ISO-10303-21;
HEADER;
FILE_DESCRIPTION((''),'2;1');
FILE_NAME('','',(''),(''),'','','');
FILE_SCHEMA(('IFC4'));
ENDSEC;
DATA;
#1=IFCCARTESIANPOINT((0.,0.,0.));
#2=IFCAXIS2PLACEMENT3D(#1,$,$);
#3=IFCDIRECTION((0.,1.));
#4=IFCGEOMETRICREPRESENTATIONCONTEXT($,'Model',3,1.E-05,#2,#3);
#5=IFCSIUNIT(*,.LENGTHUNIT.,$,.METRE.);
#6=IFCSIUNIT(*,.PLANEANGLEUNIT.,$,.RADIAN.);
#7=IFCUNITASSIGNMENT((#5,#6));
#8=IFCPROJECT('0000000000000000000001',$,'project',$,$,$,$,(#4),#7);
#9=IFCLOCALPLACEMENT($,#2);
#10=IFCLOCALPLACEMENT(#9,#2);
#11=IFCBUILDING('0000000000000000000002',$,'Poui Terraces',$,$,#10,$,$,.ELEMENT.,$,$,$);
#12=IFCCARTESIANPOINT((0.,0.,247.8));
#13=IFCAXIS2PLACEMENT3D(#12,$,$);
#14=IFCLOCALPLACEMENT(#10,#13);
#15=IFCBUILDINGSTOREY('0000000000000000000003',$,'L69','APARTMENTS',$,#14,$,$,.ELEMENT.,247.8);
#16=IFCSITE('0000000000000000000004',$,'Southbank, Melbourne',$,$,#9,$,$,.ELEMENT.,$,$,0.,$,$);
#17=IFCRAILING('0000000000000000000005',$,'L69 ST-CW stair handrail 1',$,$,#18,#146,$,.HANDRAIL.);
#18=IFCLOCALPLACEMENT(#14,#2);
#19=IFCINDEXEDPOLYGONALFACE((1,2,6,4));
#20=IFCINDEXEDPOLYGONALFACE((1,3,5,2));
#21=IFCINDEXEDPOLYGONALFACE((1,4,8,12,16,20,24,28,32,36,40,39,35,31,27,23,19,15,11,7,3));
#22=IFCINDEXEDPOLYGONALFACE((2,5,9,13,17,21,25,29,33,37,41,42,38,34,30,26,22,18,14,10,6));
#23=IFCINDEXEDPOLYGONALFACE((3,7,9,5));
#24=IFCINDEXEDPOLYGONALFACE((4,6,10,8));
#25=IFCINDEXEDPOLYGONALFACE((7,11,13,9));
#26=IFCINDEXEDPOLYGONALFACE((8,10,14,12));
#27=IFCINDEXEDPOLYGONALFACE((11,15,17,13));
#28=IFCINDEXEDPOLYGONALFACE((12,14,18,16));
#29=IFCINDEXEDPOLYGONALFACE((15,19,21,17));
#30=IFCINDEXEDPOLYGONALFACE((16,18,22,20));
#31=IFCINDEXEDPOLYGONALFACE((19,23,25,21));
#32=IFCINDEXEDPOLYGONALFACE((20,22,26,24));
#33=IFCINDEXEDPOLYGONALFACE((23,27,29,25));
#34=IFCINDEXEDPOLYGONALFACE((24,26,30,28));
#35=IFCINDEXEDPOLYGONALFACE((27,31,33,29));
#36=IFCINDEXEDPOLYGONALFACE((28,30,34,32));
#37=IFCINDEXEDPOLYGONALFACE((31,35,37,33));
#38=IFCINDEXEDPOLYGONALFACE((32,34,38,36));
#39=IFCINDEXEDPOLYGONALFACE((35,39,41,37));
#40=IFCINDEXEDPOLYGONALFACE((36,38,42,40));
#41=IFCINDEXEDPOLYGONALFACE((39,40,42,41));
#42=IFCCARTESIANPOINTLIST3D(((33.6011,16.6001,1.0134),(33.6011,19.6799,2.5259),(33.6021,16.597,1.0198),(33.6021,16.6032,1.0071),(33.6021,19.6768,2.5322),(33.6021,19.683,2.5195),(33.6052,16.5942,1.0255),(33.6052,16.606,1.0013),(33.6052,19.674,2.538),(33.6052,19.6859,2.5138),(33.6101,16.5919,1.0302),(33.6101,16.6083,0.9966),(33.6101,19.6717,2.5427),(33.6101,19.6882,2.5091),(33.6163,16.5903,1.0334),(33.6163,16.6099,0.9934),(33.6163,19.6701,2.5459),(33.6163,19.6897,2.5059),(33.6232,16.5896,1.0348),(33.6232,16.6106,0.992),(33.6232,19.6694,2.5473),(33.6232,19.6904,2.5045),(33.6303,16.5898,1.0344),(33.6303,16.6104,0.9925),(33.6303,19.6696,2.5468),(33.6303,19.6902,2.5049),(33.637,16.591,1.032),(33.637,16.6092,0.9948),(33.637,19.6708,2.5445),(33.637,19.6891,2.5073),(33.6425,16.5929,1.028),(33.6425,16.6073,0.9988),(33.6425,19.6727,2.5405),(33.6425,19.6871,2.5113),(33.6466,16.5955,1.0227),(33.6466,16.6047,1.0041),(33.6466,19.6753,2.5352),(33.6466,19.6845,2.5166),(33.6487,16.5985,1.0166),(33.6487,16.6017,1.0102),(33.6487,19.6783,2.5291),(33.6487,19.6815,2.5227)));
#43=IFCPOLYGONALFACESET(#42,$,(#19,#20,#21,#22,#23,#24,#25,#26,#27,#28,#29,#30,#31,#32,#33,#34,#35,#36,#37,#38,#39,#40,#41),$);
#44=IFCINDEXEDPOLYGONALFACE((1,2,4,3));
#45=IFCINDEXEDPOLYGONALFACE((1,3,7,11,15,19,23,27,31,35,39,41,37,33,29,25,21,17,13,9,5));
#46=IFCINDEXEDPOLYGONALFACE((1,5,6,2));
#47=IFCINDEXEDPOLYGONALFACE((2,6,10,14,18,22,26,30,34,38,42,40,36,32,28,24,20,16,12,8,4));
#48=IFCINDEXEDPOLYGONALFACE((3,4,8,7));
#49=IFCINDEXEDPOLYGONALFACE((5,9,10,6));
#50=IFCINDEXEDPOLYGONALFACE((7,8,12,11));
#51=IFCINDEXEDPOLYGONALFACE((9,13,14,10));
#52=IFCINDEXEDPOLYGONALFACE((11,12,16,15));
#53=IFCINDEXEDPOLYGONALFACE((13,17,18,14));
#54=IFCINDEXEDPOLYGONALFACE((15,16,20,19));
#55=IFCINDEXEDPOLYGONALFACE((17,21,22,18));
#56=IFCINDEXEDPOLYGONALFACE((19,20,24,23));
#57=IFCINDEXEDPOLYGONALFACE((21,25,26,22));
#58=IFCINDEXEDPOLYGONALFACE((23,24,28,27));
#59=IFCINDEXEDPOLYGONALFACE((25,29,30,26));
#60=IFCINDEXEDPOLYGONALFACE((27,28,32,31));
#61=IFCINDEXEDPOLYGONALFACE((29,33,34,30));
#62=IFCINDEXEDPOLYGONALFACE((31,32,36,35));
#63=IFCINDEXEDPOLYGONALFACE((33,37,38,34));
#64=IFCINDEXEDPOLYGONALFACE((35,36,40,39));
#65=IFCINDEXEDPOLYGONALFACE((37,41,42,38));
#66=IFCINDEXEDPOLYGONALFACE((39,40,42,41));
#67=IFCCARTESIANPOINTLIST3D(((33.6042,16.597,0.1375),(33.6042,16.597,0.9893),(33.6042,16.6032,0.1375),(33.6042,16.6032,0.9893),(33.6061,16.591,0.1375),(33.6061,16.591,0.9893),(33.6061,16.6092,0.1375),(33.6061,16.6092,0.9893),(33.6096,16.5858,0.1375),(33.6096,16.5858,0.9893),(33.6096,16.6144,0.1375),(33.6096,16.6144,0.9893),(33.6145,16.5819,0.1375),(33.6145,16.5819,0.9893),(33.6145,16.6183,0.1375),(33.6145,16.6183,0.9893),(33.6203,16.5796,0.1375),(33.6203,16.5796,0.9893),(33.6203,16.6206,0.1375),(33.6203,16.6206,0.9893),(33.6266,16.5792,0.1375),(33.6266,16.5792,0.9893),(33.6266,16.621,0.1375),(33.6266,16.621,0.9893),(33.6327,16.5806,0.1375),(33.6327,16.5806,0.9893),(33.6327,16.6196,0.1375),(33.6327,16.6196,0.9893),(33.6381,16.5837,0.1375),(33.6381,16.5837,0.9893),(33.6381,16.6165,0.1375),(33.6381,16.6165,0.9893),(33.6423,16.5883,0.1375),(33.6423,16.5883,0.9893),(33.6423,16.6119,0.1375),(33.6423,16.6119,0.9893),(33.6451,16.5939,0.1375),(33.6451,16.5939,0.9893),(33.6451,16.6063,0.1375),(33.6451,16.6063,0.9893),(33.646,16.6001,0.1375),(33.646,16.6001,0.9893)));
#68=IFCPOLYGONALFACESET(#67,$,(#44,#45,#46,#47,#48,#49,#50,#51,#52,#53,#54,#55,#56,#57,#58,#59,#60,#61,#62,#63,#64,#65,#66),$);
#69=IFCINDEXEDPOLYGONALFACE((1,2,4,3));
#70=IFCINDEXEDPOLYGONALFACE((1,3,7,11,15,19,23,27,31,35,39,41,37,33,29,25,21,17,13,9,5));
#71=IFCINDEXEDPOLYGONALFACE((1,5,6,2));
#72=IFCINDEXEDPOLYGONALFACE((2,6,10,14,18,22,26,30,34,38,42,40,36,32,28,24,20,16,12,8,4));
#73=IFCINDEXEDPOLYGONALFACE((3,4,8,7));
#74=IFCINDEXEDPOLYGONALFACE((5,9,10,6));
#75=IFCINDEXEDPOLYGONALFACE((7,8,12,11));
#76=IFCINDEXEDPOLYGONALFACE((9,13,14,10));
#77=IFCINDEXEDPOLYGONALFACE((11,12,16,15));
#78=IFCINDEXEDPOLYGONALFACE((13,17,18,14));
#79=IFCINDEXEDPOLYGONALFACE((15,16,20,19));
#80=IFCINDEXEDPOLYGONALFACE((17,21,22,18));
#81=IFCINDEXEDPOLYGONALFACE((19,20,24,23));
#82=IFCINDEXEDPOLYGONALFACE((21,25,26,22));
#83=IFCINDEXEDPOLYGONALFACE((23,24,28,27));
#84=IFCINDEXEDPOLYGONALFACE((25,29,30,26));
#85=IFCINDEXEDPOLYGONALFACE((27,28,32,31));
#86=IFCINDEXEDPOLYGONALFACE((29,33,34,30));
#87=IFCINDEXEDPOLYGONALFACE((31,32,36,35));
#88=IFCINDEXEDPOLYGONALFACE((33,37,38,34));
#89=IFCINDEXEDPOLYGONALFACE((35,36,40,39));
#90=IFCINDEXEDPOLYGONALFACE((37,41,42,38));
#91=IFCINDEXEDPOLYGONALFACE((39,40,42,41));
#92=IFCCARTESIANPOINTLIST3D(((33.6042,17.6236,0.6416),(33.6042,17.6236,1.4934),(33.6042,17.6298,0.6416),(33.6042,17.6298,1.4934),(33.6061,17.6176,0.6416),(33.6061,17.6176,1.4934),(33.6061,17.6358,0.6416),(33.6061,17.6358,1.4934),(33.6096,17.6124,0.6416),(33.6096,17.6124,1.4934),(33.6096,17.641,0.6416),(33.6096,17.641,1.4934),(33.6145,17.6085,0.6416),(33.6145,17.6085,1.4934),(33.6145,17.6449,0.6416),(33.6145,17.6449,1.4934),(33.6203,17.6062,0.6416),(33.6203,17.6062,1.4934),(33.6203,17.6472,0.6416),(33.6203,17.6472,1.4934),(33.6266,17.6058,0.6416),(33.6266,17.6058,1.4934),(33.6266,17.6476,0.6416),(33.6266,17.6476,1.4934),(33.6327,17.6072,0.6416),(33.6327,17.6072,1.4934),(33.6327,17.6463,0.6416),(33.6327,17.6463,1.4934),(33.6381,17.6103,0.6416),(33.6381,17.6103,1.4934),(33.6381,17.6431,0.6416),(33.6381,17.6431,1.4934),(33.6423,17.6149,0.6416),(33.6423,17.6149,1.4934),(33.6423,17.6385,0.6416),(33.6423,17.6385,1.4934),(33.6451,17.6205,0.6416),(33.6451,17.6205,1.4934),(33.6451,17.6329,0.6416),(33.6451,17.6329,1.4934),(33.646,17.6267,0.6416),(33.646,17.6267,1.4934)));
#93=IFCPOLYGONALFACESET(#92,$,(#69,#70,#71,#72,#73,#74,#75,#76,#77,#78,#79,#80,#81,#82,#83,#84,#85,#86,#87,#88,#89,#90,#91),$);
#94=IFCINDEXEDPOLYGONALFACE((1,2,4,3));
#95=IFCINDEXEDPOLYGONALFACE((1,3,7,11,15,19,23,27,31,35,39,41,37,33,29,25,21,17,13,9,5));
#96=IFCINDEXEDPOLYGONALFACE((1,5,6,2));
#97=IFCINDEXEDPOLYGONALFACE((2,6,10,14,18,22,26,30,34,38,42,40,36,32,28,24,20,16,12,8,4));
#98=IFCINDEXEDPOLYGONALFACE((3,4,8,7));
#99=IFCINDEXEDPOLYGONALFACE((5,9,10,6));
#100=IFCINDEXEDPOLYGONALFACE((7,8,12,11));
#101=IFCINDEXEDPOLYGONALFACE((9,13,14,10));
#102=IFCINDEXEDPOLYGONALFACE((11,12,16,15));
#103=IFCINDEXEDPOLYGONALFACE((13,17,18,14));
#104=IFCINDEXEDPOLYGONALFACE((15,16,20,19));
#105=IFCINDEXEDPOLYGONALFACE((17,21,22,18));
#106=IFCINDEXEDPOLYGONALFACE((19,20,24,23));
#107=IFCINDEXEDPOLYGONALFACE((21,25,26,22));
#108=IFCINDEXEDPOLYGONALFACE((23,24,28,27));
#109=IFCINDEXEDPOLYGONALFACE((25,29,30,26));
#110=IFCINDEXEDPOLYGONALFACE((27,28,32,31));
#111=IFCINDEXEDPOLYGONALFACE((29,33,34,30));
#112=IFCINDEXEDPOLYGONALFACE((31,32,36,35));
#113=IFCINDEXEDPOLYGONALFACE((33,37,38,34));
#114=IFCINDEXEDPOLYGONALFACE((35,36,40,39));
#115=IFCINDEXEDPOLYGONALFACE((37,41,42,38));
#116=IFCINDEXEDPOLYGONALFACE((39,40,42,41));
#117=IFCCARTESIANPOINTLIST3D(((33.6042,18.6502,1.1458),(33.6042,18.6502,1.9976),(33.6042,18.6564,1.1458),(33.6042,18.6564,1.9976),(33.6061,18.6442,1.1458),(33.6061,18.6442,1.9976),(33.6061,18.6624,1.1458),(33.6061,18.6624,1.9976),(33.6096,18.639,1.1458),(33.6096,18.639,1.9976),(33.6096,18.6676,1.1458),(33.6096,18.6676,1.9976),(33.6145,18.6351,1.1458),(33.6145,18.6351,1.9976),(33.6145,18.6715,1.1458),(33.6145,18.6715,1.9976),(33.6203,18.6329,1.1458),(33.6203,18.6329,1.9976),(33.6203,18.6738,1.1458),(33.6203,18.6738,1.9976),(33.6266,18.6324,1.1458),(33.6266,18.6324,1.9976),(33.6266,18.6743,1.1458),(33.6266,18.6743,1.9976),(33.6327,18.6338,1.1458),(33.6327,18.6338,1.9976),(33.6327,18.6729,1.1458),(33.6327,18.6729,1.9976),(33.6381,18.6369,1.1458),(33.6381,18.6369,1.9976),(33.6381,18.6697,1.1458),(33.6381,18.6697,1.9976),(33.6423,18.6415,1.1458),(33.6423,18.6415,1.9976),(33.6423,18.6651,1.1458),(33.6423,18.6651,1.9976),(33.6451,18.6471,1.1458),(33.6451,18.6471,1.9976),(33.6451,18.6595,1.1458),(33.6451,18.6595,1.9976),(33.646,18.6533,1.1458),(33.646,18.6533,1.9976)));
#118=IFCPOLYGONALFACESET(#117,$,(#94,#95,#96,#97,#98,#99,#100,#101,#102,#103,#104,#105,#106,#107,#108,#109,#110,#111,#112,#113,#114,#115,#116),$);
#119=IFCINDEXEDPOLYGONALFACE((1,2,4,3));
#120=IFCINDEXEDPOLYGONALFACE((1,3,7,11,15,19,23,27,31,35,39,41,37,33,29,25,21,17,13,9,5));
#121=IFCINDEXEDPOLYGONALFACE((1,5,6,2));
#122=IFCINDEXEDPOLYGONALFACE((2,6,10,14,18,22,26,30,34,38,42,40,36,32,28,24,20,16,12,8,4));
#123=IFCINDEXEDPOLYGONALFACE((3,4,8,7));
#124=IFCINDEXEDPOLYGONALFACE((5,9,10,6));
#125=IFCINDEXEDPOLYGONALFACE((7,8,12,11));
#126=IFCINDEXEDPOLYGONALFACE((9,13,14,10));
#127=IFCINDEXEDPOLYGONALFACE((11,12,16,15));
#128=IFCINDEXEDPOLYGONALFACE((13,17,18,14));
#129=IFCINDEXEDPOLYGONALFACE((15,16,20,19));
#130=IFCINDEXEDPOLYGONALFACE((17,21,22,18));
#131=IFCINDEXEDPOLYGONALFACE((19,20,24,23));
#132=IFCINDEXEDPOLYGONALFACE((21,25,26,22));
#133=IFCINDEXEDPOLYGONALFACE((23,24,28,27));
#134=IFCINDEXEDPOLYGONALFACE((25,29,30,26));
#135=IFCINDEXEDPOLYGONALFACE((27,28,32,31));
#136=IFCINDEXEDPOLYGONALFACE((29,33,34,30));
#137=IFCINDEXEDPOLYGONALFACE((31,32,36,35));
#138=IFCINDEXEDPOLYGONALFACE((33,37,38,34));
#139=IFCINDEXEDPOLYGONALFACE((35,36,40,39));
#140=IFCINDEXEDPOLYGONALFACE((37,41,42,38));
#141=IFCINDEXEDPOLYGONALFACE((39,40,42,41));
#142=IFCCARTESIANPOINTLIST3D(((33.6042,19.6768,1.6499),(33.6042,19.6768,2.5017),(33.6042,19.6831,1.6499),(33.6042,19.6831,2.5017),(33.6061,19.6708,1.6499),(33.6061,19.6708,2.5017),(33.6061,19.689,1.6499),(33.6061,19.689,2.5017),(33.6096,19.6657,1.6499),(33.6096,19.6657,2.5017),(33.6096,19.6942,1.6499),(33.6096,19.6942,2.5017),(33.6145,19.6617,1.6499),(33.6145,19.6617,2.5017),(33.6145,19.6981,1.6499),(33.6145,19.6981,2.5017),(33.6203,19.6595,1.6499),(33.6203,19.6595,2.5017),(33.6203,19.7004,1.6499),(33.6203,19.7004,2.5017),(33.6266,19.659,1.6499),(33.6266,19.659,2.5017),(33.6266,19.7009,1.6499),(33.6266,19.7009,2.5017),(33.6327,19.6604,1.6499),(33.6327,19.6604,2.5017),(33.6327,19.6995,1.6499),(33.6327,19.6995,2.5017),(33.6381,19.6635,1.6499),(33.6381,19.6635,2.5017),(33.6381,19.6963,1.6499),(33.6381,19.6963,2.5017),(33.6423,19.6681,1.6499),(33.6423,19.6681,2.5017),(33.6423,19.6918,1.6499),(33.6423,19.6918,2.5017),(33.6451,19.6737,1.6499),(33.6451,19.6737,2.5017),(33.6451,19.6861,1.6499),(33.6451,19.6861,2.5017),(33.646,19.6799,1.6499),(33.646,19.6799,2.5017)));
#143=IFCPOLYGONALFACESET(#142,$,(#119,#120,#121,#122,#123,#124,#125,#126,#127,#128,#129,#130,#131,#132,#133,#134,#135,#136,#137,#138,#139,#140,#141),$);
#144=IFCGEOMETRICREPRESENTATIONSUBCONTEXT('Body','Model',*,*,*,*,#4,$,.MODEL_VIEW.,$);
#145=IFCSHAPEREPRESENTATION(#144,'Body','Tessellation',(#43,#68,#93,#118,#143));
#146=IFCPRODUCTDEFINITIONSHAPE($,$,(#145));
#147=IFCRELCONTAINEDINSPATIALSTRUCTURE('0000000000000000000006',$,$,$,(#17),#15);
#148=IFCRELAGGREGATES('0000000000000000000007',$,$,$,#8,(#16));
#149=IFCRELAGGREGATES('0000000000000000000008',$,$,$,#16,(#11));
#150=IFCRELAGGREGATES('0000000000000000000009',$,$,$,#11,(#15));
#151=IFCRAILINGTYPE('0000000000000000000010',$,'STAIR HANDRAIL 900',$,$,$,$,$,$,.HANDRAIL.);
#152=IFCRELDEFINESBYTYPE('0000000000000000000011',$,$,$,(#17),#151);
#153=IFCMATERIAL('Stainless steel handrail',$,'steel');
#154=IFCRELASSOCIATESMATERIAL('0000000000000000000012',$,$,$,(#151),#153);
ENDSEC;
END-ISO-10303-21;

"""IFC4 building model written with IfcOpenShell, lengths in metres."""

from ifc_helpers import new_model, si_unit, direction, frame, origin, origin_2d, place, context, subcontext, project, spatial, circle, extrude, material, type_object, element, save


model = new_model("IFC4")

# Units and contexts
model_context = context("Model", 3, precision=1e-05, world=origin(), true_north=direction((0.0, 1.0)))
body_context = subcontext(model_context, "Body", "Model", "MODEL_VIEW")
ifc_project = project(units=[si_unit("LENGTHUNIT", "METRE"), si_unit("PLANEANGLEUNIT", "RADIAN")], contexts=[model_context])

# Site, building, storey
site_placement = place(None, origin())
site = spatial("IfcSite", under=ifc_project, at=site_placement, Name="Southbank, Melbourne", CompositionType="ELEMENT", RefElevation=0.0)
building_placement = place(site_placement, origin())
building = spatial("IfcBuilding", under=site, at=building_placement, Name="Poui Terraces", CompositionType="ELEMENT")
storey_placement = place(building_placement, frame((0.0, 0.0, 247.8)))
storey = spatial("IfcBuildingStorey", under=building, at=storey_placement, Name="L69", Description="APARTMENTS", CompositionType="ELEMENT", Elevation=247.8)

# Railing
ifc_material_1 = material(Name="Stainless steel handrail", Category="steel")
railing_type_1 = type_object("IfcRailingType", Name="STAIR HANDRAIL 900", PredefinedType="HANDRAIL", material=ifc_material_1)
railing_1_placement = place(storey_placement, frame((33.625, 16.6001, 0.1375)))
element("IfcRailing", 1, at=railing_1_placement, inside=storey, type_object=railing_type_1, Name="L69 ST-CW stair handrail 1", PredefinedType="HANDRAIL", context=body_context, shape_type="SweptSolid", body=[
    extrude(circle(Radius=0.0239, at=origin_2d()), frame((0.0, 0.0, 0.876), z_axis=(0.0, 0.897606, 0.440798), x_axis=(-1.0, 0.0, 0.0)), (0.0, 0.0, 1.0), 3.4312),
    extrude(circle(Radius=0.021, at=origin_2d()), origin(), (0.0, 0.0, 1.0), 0.8518),
    extrude(circle(Radius=0.021, at=origin_2d()), frame((0.0, 1.0266, 0.5042)), (0.0, 0.0, 1.0), 0.8518),
    extrude(circle(Radius=0.021, at=origin_2d()), frame((0.0, 2.0532, 1.0083)), (0.0, 0.0, 1.0), 0.8518),
    extrude(circle(Radius=0.021, at=origin_2d()), frame((0.0, 3.0798, 1.5125)), (0.0, 0.0, 1.0), 0.8518),
])

save(model, "model.ifc")
